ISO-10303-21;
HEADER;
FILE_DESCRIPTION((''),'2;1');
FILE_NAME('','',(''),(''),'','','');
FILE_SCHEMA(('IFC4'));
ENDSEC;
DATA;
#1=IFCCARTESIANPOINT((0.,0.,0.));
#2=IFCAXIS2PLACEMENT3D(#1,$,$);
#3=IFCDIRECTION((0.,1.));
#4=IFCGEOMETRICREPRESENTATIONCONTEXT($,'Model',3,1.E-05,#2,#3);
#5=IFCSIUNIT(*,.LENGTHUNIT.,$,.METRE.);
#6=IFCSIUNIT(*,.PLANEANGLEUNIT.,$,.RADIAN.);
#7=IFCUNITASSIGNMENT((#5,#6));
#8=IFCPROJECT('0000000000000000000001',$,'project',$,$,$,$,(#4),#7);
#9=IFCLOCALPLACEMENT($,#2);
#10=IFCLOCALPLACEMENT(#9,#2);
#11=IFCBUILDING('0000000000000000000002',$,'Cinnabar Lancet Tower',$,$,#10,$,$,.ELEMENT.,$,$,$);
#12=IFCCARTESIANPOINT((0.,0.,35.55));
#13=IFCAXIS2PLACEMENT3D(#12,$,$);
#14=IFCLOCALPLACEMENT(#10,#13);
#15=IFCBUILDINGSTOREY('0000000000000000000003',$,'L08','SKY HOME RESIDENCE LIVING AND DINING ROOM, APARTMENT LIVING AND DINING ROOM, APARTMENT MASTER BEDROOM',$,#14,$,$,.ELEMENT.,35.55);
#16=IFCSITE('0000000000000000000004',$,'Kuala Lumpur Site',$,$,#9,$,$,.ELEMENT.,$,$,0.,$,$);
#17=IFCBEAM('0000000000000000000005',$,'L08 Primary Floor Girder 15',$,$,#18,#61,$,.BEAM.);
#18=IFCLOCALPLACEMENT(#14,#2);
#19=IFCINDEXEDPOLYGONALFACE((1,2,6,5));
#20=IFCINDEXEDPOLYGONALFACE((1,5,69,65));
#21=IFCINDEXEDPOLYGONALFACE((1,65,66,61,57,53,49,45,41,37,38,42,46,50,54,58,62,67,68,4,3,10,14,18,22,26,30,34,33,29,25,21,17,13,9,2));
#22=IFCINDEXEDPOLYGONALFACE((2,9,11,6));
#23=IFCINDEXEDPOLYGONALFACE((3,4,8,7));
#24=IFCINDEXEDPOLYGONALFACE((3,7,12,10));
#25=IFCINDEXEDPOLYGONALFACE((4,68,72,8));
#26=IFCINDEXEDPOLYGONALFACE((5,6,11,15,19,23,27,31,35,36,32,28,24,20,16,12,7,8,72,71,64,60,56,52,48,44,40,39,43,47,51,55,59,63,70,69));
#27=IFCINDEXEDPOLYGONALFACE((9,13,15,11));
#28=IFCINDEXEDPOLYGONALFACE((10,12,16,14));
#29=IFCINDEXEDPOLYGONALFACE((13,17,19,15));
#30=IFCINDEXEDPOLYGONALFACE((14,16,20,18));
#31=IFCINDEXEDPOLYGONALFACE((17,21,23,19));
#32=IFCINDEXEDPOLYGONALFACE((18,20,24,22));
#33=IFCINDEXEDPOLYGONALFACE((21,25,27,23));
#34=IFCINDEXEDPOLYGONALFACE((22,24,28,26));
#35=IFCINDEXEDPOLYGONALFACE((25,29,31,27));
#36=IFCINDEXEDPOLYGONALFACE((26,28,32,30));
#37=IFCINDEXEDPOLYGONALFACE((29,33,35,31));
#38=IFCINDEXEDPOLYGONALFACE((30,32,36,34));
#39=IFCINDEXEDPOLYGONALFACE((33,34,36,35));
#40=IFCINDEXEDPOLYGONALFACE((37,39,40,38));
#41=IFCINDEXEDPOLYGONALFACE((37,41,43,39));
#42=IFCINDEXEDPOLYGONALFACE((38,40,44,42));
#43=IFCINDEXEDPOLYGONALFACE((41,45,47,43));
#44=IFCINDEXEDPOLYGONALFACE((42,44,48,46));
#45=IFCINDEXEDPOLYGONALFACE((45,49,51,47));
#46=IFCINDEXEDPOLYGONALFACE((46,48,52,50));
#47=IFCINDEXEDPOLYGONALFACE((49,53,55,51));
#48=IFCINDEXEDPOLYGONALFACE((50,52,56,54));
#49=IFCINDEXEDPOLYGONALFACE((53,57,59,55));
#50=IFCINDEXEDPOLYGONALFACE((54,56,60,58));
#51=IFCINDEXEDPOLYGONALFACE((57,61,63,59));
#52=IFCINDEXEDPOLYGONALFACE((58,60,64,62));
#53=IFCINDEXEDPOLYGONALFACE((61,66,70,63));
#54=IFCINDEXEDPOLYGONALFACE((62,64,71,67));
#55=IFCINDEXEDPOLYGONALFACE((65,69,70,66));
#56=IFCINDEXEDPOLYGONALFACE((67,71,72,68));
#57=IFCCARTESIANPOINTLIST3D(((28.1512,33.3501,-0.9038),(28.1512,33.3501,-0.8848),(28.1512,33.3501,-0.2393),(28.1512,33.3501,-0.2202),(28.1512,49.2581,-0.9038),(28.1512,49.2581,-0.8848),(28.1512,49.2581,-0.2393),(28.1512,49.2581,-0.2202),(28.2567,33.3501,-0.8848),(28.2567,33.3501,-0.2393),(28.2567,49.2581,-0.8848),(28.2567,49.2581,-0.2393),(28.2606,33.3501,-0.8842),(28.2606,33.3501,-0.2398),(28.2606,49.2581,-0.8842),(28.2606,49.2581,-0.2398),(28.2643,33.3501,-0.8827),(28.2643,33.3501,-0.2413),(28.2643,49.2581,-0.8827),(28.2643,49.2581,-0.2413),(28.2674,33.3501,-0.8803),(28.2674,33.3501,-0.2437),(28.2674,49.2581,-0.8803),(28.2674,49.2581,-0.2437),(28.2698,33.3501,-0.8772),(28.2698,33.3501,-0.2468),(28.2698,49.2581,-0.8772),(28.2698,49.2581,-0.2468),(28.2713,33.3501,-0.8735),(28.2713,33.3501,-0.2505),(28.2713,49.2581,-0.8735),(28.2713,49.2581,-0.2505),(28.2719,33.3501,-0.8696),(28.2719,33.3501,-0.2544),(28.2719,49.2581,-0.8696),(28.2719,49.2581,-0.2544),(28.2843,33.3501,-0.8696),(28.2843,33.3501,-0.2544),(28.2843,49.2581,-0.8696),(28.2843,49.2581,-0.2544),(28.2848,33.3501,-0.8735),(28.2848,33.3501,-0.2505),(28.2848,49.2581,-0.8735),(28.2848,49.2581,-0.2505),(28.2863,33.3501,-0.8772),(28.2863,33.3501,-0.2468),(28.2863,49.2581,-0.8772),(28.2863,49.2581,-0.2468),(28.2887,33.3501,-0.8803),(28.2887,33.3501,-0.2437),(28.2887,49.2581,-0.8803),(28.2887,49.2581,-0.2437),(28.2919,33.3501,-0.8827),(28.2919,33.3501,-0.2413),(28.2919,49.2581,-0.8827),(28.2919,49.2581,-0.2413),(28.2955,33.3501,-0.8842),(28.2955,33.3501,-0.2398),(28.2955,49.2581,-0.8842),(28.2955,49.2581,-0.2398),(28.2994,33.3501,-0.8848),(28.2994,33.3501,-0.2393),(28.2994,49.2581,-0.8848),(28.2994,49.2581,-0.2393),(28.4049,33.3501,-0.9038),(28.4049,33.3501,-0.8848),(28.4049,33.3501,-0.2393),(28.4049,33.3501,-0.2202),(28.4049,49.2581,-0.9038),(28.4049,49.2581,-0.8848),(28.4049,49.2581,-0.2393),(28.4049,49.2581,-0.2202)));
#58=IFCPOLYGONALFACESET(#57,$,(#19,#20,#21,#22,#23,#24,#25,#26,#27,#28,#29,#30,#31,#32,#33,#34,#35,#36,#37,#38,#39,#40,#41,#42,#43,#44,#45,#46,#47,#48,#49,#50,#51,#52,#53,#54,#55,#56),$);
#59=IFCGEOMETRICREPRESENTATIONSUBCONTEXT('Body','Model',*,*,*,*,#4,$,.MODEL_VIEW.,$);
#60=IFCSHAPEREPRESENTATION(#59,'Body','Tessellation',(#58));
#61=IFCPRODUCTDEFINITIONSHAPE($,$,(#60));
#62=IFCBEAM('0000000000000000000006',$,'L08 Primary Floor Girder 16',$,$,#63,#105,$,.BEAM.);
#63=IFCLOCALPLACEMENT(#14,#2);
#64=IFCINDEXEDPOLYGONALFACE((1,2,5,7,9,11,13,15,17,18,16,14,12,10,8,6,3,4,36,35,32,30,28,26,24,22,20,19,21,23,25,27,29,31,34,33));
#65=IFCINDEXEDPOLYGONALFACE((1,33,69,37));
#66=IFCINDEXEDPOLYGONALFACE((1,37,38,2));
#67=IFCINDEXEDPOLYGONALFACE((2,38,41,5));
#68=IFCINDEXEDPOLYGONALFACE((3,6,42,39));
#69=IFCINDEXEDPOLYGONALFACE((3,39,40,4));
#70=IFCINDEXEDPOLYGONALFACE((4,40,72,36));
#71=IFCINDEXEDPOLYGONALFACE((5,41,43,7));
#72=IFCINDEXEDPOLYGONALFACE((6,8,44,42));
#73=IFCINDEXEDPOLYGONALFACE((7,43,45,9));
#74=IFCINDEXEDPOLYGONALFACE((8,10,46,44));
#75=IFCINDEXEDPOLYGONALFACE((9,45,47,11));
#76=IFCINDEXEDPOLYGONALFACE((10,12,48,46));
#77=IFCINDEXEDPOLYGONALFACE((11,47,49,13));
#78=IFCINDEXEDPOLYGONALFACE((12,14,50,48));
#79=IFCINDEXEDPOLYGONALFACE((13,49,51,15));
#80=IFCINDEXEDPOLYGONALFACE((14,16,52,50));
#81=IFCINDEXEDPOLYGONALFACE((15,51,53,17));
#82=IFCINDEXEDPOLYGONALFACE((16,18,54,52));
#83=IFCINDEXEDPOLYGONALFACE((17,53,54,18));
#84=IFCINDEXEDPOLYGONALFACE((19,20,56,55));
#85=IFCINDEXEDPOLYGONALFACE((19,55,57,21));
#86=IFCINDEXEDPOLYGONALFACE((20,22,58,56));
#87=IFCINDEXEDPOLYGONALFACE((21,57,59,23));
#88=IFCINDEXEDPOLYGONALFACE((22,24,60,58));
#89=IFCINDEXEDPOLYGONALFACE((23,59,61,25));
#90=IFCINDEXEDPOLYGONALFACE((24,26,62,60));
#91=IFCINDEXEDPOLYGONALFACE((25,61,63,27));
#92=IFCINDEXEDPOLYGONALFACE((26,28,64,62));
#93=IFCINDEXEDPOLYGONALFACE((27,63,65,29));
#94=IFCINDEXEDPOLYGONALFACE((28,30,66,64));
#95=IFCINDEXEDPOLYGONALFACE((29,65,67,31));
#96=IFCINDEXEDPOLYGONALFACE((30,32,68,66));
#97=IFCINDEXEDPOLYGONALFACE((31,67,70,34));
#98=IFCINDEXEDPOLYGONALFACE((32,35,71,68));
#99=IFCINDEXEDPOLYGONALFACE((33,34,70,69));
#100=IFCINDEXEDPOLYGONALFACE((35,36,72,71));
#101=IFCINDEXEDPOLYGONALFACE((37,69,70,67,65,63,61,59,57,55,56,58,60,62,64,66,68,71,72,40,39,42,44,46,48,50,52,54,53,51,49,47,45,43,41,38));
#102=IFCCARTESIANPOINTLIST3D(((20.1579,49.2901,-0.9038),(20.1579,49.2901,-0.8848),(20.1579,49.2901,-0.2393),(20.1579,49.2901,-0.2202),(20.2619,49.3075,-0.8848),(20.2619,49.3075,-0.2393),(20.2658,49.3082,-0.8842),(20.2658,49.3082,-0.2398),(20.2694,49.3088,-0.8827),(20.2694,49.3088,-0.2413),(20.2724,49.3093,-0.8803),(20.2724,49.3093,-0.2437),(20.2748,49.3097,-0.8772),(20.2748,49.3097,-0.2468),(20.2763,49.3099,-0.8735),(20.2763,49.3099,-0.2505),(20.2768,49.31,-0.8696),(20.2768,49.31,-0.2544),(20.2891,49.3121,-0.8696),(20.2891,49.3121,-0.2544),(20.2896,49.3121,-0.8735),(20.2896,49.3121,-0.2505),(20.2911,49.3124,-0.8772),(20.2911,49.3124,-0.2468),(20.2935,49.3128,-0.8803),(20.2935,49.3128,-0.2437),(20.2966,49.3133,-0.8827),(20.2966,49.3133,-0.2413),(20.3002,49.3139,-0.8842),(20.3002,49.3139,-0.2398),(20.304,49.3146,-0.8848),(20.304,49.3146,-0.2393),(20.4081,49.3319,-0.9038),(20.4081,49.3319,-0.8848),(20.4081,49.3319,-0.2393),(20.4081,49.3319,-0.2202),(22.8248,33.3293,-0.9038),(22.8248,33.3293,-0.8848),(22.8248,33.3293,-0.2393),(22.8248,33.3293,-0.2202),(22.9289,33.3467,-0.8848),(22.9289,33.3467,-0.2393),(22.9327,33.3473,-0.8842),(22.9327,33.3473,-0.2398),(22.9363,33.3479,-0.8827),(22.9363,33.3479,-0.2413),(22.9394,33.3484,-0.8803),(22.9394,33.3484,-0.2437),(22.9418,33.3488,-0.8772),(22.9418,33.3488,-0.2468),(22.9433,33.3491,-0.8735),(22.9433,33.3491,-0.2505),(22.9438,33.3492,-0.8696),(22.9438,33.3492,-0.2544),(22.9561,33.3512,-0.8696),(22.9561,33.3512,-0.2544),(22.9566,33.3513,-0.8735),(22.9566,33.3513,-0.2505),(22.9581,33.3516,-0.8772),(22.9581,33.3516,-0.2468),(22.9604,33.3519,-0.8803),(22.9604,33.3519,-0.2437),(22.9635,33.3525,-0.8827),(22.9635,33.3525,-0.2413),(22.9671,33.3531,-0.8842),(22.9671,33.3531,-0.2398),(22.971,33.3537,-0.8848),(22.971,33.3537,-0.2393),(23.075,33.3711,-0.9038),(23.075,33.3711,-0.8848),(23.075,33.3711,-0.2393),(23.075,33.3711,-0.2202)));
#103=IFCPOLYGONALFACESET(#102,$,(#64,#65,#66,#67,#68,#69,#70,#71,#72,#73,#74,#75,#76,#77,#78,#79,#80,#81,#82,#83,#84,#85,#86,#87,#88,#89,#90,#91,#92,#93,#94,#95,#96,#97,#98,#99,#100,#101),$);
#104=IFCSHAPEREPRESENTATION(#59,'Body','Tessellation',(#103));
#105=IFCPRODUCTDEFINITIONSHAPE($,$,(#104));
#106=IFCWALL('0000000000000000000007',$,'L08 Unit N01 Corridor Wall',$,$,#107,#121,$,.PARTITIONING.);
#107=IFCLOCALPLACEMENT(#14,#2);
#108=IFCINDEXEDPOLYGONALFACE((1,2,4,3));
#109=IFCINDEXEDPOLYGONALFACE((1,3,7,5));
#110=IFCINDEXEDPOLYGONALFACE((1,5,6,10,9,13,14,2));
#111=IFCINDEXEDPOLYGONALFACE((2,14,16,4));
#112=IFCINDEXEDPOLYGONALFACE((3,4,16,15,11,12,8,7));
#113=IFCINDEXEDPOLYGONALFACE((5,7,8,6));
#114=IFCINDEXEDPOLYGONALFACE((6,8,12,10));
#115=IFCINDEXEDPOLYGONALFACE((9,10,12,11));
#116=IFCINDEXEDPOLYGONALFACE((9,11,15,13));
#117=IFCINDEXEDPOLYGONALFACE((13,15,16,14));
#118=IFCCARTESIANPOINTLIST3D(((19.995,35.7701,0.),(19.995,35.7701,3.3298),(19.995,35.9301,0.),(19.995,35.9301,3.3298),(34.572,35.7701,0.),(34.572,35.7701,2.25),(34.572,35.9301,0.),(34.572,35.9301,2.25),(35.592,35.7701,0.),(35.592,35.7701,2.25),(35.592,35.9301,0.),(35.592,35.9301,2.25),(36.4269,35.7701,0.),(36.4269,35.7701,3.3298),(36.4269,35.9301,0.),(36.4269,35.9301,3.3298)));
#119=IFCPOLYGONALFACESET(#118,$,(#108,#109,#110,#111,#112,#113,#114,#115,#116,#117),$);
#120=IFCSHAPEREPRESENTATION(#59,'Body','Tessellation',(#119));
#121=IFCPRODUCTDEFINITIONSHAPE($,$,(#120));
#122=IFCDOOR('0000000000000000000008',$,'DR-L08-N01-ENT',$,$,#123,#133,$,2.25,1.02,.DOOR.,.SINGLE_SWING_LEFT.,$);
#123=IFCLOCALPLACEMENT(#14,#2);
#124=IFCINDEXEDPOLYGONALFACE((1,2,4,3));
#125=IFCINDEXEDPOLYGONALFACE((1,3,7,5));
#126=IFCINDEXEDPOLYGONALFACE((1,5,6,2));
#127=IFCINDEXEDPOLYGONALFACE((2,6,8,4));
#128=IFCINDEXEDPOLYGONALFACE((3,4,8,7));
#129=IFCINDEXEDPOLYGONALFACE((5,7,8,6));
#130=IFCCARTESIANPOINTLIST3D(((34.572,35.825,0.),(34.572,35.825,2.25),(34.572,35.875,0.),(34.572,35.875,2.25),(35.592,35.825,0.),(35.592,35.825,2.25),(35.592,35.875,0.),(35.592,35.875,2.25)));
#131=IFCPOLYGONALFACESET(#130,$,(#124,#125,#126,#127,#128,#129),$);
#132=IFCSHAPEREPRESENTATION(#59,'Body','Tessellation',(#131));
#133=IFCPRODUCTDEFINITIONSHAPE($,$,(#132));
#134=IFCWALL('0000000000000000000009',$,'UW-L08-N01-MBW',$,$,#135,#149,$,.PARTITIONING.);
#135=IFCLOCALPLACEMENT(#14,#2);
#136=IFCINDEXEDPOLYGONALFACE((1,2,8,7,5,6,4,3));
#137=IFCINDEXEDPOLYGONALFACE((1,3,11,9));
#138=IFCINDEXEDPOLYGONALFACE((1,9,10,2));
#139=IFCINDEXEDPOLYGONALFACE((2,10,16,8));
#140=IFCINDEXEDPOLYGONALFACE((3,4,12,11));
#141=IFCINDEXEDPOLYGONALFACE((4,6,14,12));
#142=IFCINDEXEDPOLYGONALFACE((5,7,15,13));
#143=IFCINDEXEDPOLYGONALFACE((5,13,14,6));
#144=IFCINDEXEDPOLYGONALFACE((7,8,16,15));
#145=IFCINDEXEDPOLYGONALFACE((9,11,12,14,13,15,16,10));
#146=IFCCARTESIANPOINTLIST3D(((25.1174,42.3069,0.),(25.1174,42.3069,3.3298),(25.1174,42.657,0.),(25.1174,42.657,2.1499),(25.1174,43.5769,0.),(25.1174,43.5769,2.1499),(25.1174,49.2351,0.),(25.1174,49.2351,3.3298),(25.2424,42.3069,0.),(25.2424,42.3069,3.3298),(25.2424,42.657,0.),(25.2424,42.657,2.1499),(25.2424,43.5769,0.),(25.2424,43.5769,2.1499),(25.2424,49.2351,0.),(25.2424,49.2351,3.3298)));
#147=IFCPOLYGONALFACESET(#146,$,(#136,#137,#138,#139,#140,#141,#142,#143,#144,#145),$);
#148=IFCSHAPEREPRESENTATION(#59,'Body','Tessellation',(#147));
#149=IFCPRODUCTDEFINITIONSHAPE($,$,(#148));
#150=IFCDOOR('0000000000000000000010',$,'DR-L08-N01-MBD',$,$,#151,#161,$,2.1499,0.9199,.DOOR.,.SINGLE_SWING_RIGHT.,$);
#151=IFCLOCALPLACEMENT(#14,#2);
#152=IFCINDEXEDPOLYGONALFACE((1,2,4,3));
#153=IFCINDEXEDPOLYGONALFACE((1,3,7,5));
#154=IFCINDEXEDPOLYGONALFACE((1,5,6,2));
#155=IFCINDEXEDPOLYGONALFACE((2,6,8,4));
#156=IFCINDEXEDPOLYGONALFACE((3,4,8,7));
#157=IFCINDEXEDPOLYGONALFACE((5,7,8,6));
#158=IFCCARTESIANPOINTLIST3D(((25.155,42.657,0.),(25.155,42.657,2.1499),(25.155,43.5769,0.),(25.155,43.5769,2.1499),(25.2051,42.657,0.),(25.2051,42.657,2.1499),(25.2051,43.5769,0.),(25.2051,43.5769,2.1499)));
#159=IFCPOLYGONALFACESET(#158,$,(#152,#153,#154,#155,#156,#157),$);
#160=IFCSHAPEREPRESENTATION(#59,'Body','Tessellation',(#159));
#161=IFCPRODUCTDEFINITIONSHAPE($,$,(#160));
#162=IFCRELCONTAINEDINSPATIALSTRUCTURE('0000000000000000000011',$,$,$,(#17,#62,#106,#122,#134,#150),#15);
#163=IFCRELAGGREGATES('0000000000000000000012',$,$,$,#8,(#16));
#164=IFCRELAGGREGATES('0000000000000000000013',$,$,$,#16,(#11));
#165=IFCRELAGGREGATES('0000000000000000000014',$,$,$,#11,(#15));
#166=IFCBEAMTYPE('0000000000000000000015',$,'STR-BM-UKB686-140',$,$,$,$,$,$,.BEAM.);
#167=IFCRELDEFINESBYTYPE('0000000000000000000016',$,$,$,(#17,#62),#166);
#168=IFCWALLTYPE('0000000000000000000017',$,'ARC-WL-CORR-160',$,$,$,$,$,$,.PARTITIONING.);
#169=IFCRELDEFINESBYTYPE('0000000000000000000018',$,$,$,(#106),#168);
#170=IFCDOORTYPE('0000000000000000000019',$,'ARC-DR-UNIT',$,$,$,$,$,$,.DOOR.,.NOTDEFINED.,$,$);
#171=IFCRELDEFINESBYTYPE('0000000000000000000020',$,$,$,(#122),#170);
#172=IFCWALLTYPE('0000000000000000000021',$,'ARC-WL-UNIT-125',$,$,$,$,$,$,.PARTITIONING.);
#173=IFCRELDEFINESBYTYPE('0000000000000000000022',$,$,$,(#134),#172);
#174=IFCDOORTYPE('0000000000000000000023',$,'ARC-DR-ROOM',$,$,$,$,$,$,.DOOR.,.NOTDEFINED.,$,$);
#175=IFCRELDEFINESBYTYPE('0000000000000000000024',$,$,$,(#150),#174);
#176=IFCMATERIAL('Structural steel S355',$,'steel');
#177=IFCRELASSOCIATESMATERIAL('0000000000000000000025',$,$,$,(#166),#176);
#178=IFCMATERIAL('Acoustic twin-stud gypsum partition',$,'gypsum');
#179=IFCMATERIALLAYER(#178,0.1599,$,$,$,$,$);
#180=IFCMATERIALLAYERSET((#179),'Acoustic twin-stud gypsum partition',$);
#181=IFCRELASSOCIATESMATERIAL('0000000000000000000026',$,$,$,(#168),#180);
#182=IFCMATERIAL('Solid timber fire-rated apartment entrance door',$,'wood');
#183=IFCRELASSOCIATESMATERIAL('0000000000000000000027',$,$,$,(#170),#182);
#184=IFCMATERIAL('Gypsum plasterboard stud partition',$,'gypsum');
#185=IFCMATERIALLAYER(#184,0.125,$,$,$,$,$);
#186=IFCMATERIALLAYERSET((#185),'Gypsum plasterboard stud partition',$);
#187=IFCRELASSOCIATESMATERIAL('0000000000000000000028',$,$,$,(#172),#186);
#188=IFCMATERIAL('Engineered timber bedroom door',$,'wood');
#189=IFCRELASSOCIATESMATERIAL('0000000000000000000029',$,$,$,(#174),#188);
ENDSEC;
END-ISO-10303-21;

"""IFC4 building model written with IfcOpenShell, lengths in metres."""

from ifc_helpers import new_model, si_unit, direction, frame, frame_2d, origin, origin_2d, place, context, subcontext, project, spatial, rectangle, i_section, extrude, material, layer, layer_set, material_profile, profile_set, type_object, element, fill, save


model = new_model("IFC4")

# Units and contexts
model_context = context("Model", 3, precision=1e-05, world=origin(), true_north=direction((0.0, 1.0)))
body_context = subcontext(model_context, "Body", "Model", "MODEL_VIEW")
ifc_project = project(units=[si_unit("LENGTHUNIT", "METRE"), si_unit("PLANEANGLEUNIT", "RADIAN")], contexts=[model_context])

# Site, building, storey
site_placement = place(None, origin())
site = spatial("IfcSite", under=ifc_project, at=site_placement, Name="Kuala Lumpur Site", CompositionType="ELEMENT", RefElevation=0.0)
building_placement = place(site_placement, origin())
building = spatial("IfcBuilding", under=site, at=building_placement, Name="Cinnabar Lancet Tower", CompositionType="ELEMENT")
storey_placement = place(building_placement, frame((0.0, 0.0, 35.55)))
storey = spatial("IfcBuildingStorey", under=building, at=storey_placement, Name="L08", Description="SKY HOME RESIDENCE LIVING AND DINING ROOM, APARTMENT LIVING AND DINING ROOM, APARTMENT MASTER BEDROOM", CompositionType="ELEMENT", Elevation=35.55)

# Beams
ifc_material_1 = material(Name="Structural steel S355", Category="steel")
ifc_material_profile_1 = material_profile(ifc_material_1, i_section(OverallWidth=0.2537, OverallDepth=0.6836, WebThickness=0.0125, FlangeThickness=0.019, FilletRadius=0.0151, at=origin_2d()), Name="UKB 686x254x140")
ifc_profile_set_1 = profile_set([ifc_material_profile_1], Name="Structural steel S355")
beam_type_1 = type_object("IfcBeamType", Name="STR-BM-UKB686-140", PredefinedType="BEAM", material=ifc_profile_set_1)
beam_1_placement = place(storey_placement, frame((28.2781, 49.2581, -0.562), z_axis=(0.0, -1.0, 0.0), x_axis=(1.0, 0.0, 0.0)))
element("IfcBeam", 1, at=beam_1_placement, inside=storey, type_object=beam_type_1, Name="L08 Primary Floor Girder 15", PredefinedType="BEAM", context=body_context, shape_type="SweptSolid", body=[
    extrude(i_section(OverallWidth=0.2537, OverallDepth=0.6836, WebThickness=0.0125, FlangeThickness=0.019, FilletRadius=0.0151, at=origin_2d()), origin(), (0.0, 0.0, 1.0), 15.908),
])
beam_2_placement = place(storey_placement, frame((20.283, 49.311, -0.562), z_axis=(0.16481, -0.986325, 0.0), x_axis=(0.986325, 0.16481, 0.0)))
element("IfcBeam", 2, at=beam_2_placement, inside=storey, type_object=beam_type_1, Name="L08 Primary Floor Girder 16", PredefinedType="BEAM", context=body_context, shape_type="SweptSolid", body=[
    extrude(i_section(OverallWidth=0.2537, OverallDepth=0.6836, WebThickness=0.0125, FlangeThickness=0.019, FilletRadius=0.0151, at=origin_2d()), origin(), (0.0, 0.0, 1.0), 16.1821),
])

# Walls, openings, doors
ifc_material_2 = material(Name="Acoustic twin-stud gypsum partition", Category="gypsum")
ifc_layer_1 = layer(ifc_material_2, 0.1599)
ifc_layer_set_1 = layer_set([ifc_layer_1], Name="Acoustic twin-stud gypsum partition")
wall_type_1 = type_object("IfcWallType", Name="ARC-WL-CORR-160", PredefinedType="PARTITIONING", material=ifc_layer_set_1)
wall_1_placement = place(storey_placement, frame((19.9951, 35.8501, 0.0), z_axis=(0.0, 0.0, 1.0), x_axis=(1.0, 0.0, 0.0)))
wall_1 = element("IfcWall", 3, at=wall_1_placement, inside=storey, type_object=wall_type_1, Name="L08 Unit N01 Corridor Wall", PredefinedType="PARTITIONING", context=body_context, shape_type="SweptSolid", body=[
    extrude(rectangle(XDim=16.4319, YDim=0.1599, at=frame_2d((8.2158, 0.0))), origin(), (0.0, 0.0, 1.0), 3.3298),
])
opening_1_placement = place(wall_1_placement, frame((14.5769, 0.0, 0.0)))
opening_1 = element("IfcOpeningElement", 4, at=opening_1_placement, cuts=wall_1, PredefinedType="OPENING", context=body_context, shape_type="SweptSolid", body=[
    extrude(rectangle(XDim=1.02, YDim=2.25, at=frame_2d((0.51, 1.125))), frame((0.0, 0.0898, 0.0), z_axis=(0.0, -1.0, 0.0), x_axis=(1.0, 0.0, 0.0)), (0.0, 0.0, 1.0), 0.1799),
])
ifc_material_3 = material(Name="Solid timber fire-rated apartment entrance door", Category="wood")
door_type_1 = type_object("IfcDoorType", Name="ARC-DR-UNIT", OperationType="NOTDEFINED", PredefinedType="DOOR", material=ifc_material_3)
door_1_placement = place(opening_1_placement, origin())
door_1 = element("IfcDoor", 5, at=door_1_placement, inside=storey, type_object=door_type_1, Name="DR-L08-N01-ENT", OperationType="SINGLE_SWING_LEFT", OverallHeight=2.25, OverallWidth=1.02, PredefinedType="DOOR", context=body_context, shape_type="SweptSolid", body=[
    extrude(rectangle(XDim=1.02, YDim=2.25, at=frame_2d((0.51, 1.125))), frame((0.0, 0.0249, 0.0), z_axis=(0.0, -1.0, 0.0), x_axis=(1.0, 0.0, 0.0)), (0.0, 0.0, 1.0), 0.05),
])
fill(opening_1, door_1)
ifc_material_4 = material(Name="Gypsum plasterboard stud partition", Category="gypsum")
ifc_layer_2 = layer(ifc_material_4, 0.125)
ifc_layer_set_2 = layer_set([ifc_layer_2], Name="Gypsum plasterboard stud partition")
wall_type_2 = type_object("IfcWallType", Name="ARC-WL-UNIT-125", PredefinedType="PARTITIONING", material=ifc_layer_set_2)
wall_2_placement = place(storey_placement, frame((25.1799, 42.3069, 0.0), z_axis=(0.0, 0.0, 1.0), x_axis=(0.0, 1.0, 0.0)))
wall_2 = element("IfcWall", 6, at=wall_2_placement, inside=storey, type_object=wall_type_2, Name="UW-L08-N01-MBW", PredefinedType="PARTITIONING", context=body_context, shape_type="SweptSolid", body=[
    extrude(rectangle(XDim=6.9282, YDim=0.125, at=frame_2d((3.4641, 0.0))), origin(), (0.0, 0.0, 1.0), 3.3298),
])
opening_2_placement = place(wall_2_placement, frame((0.3501, 0.0, 0.0)))
opening_2 = element("IfcOpeningElement", 7, at=opening_2_placement, cuts=wall_2, PredefinedType="OPENING", context=body_context, shape_type="SweptSolid", body=[
    extrude(rectangle(XDim=0.9199, YDim=2.1499, at=frame_2d((0.46, 1.075))), frame((0.0, 0.0725, 0.0), z_axis=(0.0, -1.0, 0.0), x_axis=(1.0, 0.0, 0.0)), (0.0, 0.0, 1.0), 0.145),
])
ifc_material_5 = material(Name="Engineered timber bedroom door", Category="wood")
door_type_2 = type_object("IfcDoorType", Name="ARC-DR-ROOM", OperationType="NOTDEFINED", PredefinedType="DOOR", material=ifc_material_5)
door_2_placement = place(opening_2_placement, origin())
door_2 = element("IfcDoor", 8, at=door_2_placement, inside=storey, type_object=door_type_2, Name="DR-L08-N01-MBD", OperationType="SINGLE_SWING_RIGHT", OverallHeight=2.1499, OverallWidth=0.9199, PredefinedType="DOOR", context=body_context, shape_type="SweptSolid", body=[
    extrude(rectangle(XDim=0.9199, YDim=2.1499, at=frame_2d((0.46, 1.075))), frame((0.0, 0.0249, 0.0), z_axis=(0.0, -1.0, 0.0), x_axis=(1.0, 0.0, 0.0)), (0.0, 0.0, 1.0), 0.05),
])
fill(opening_2, door_2)

save(model, "model.ifc")
